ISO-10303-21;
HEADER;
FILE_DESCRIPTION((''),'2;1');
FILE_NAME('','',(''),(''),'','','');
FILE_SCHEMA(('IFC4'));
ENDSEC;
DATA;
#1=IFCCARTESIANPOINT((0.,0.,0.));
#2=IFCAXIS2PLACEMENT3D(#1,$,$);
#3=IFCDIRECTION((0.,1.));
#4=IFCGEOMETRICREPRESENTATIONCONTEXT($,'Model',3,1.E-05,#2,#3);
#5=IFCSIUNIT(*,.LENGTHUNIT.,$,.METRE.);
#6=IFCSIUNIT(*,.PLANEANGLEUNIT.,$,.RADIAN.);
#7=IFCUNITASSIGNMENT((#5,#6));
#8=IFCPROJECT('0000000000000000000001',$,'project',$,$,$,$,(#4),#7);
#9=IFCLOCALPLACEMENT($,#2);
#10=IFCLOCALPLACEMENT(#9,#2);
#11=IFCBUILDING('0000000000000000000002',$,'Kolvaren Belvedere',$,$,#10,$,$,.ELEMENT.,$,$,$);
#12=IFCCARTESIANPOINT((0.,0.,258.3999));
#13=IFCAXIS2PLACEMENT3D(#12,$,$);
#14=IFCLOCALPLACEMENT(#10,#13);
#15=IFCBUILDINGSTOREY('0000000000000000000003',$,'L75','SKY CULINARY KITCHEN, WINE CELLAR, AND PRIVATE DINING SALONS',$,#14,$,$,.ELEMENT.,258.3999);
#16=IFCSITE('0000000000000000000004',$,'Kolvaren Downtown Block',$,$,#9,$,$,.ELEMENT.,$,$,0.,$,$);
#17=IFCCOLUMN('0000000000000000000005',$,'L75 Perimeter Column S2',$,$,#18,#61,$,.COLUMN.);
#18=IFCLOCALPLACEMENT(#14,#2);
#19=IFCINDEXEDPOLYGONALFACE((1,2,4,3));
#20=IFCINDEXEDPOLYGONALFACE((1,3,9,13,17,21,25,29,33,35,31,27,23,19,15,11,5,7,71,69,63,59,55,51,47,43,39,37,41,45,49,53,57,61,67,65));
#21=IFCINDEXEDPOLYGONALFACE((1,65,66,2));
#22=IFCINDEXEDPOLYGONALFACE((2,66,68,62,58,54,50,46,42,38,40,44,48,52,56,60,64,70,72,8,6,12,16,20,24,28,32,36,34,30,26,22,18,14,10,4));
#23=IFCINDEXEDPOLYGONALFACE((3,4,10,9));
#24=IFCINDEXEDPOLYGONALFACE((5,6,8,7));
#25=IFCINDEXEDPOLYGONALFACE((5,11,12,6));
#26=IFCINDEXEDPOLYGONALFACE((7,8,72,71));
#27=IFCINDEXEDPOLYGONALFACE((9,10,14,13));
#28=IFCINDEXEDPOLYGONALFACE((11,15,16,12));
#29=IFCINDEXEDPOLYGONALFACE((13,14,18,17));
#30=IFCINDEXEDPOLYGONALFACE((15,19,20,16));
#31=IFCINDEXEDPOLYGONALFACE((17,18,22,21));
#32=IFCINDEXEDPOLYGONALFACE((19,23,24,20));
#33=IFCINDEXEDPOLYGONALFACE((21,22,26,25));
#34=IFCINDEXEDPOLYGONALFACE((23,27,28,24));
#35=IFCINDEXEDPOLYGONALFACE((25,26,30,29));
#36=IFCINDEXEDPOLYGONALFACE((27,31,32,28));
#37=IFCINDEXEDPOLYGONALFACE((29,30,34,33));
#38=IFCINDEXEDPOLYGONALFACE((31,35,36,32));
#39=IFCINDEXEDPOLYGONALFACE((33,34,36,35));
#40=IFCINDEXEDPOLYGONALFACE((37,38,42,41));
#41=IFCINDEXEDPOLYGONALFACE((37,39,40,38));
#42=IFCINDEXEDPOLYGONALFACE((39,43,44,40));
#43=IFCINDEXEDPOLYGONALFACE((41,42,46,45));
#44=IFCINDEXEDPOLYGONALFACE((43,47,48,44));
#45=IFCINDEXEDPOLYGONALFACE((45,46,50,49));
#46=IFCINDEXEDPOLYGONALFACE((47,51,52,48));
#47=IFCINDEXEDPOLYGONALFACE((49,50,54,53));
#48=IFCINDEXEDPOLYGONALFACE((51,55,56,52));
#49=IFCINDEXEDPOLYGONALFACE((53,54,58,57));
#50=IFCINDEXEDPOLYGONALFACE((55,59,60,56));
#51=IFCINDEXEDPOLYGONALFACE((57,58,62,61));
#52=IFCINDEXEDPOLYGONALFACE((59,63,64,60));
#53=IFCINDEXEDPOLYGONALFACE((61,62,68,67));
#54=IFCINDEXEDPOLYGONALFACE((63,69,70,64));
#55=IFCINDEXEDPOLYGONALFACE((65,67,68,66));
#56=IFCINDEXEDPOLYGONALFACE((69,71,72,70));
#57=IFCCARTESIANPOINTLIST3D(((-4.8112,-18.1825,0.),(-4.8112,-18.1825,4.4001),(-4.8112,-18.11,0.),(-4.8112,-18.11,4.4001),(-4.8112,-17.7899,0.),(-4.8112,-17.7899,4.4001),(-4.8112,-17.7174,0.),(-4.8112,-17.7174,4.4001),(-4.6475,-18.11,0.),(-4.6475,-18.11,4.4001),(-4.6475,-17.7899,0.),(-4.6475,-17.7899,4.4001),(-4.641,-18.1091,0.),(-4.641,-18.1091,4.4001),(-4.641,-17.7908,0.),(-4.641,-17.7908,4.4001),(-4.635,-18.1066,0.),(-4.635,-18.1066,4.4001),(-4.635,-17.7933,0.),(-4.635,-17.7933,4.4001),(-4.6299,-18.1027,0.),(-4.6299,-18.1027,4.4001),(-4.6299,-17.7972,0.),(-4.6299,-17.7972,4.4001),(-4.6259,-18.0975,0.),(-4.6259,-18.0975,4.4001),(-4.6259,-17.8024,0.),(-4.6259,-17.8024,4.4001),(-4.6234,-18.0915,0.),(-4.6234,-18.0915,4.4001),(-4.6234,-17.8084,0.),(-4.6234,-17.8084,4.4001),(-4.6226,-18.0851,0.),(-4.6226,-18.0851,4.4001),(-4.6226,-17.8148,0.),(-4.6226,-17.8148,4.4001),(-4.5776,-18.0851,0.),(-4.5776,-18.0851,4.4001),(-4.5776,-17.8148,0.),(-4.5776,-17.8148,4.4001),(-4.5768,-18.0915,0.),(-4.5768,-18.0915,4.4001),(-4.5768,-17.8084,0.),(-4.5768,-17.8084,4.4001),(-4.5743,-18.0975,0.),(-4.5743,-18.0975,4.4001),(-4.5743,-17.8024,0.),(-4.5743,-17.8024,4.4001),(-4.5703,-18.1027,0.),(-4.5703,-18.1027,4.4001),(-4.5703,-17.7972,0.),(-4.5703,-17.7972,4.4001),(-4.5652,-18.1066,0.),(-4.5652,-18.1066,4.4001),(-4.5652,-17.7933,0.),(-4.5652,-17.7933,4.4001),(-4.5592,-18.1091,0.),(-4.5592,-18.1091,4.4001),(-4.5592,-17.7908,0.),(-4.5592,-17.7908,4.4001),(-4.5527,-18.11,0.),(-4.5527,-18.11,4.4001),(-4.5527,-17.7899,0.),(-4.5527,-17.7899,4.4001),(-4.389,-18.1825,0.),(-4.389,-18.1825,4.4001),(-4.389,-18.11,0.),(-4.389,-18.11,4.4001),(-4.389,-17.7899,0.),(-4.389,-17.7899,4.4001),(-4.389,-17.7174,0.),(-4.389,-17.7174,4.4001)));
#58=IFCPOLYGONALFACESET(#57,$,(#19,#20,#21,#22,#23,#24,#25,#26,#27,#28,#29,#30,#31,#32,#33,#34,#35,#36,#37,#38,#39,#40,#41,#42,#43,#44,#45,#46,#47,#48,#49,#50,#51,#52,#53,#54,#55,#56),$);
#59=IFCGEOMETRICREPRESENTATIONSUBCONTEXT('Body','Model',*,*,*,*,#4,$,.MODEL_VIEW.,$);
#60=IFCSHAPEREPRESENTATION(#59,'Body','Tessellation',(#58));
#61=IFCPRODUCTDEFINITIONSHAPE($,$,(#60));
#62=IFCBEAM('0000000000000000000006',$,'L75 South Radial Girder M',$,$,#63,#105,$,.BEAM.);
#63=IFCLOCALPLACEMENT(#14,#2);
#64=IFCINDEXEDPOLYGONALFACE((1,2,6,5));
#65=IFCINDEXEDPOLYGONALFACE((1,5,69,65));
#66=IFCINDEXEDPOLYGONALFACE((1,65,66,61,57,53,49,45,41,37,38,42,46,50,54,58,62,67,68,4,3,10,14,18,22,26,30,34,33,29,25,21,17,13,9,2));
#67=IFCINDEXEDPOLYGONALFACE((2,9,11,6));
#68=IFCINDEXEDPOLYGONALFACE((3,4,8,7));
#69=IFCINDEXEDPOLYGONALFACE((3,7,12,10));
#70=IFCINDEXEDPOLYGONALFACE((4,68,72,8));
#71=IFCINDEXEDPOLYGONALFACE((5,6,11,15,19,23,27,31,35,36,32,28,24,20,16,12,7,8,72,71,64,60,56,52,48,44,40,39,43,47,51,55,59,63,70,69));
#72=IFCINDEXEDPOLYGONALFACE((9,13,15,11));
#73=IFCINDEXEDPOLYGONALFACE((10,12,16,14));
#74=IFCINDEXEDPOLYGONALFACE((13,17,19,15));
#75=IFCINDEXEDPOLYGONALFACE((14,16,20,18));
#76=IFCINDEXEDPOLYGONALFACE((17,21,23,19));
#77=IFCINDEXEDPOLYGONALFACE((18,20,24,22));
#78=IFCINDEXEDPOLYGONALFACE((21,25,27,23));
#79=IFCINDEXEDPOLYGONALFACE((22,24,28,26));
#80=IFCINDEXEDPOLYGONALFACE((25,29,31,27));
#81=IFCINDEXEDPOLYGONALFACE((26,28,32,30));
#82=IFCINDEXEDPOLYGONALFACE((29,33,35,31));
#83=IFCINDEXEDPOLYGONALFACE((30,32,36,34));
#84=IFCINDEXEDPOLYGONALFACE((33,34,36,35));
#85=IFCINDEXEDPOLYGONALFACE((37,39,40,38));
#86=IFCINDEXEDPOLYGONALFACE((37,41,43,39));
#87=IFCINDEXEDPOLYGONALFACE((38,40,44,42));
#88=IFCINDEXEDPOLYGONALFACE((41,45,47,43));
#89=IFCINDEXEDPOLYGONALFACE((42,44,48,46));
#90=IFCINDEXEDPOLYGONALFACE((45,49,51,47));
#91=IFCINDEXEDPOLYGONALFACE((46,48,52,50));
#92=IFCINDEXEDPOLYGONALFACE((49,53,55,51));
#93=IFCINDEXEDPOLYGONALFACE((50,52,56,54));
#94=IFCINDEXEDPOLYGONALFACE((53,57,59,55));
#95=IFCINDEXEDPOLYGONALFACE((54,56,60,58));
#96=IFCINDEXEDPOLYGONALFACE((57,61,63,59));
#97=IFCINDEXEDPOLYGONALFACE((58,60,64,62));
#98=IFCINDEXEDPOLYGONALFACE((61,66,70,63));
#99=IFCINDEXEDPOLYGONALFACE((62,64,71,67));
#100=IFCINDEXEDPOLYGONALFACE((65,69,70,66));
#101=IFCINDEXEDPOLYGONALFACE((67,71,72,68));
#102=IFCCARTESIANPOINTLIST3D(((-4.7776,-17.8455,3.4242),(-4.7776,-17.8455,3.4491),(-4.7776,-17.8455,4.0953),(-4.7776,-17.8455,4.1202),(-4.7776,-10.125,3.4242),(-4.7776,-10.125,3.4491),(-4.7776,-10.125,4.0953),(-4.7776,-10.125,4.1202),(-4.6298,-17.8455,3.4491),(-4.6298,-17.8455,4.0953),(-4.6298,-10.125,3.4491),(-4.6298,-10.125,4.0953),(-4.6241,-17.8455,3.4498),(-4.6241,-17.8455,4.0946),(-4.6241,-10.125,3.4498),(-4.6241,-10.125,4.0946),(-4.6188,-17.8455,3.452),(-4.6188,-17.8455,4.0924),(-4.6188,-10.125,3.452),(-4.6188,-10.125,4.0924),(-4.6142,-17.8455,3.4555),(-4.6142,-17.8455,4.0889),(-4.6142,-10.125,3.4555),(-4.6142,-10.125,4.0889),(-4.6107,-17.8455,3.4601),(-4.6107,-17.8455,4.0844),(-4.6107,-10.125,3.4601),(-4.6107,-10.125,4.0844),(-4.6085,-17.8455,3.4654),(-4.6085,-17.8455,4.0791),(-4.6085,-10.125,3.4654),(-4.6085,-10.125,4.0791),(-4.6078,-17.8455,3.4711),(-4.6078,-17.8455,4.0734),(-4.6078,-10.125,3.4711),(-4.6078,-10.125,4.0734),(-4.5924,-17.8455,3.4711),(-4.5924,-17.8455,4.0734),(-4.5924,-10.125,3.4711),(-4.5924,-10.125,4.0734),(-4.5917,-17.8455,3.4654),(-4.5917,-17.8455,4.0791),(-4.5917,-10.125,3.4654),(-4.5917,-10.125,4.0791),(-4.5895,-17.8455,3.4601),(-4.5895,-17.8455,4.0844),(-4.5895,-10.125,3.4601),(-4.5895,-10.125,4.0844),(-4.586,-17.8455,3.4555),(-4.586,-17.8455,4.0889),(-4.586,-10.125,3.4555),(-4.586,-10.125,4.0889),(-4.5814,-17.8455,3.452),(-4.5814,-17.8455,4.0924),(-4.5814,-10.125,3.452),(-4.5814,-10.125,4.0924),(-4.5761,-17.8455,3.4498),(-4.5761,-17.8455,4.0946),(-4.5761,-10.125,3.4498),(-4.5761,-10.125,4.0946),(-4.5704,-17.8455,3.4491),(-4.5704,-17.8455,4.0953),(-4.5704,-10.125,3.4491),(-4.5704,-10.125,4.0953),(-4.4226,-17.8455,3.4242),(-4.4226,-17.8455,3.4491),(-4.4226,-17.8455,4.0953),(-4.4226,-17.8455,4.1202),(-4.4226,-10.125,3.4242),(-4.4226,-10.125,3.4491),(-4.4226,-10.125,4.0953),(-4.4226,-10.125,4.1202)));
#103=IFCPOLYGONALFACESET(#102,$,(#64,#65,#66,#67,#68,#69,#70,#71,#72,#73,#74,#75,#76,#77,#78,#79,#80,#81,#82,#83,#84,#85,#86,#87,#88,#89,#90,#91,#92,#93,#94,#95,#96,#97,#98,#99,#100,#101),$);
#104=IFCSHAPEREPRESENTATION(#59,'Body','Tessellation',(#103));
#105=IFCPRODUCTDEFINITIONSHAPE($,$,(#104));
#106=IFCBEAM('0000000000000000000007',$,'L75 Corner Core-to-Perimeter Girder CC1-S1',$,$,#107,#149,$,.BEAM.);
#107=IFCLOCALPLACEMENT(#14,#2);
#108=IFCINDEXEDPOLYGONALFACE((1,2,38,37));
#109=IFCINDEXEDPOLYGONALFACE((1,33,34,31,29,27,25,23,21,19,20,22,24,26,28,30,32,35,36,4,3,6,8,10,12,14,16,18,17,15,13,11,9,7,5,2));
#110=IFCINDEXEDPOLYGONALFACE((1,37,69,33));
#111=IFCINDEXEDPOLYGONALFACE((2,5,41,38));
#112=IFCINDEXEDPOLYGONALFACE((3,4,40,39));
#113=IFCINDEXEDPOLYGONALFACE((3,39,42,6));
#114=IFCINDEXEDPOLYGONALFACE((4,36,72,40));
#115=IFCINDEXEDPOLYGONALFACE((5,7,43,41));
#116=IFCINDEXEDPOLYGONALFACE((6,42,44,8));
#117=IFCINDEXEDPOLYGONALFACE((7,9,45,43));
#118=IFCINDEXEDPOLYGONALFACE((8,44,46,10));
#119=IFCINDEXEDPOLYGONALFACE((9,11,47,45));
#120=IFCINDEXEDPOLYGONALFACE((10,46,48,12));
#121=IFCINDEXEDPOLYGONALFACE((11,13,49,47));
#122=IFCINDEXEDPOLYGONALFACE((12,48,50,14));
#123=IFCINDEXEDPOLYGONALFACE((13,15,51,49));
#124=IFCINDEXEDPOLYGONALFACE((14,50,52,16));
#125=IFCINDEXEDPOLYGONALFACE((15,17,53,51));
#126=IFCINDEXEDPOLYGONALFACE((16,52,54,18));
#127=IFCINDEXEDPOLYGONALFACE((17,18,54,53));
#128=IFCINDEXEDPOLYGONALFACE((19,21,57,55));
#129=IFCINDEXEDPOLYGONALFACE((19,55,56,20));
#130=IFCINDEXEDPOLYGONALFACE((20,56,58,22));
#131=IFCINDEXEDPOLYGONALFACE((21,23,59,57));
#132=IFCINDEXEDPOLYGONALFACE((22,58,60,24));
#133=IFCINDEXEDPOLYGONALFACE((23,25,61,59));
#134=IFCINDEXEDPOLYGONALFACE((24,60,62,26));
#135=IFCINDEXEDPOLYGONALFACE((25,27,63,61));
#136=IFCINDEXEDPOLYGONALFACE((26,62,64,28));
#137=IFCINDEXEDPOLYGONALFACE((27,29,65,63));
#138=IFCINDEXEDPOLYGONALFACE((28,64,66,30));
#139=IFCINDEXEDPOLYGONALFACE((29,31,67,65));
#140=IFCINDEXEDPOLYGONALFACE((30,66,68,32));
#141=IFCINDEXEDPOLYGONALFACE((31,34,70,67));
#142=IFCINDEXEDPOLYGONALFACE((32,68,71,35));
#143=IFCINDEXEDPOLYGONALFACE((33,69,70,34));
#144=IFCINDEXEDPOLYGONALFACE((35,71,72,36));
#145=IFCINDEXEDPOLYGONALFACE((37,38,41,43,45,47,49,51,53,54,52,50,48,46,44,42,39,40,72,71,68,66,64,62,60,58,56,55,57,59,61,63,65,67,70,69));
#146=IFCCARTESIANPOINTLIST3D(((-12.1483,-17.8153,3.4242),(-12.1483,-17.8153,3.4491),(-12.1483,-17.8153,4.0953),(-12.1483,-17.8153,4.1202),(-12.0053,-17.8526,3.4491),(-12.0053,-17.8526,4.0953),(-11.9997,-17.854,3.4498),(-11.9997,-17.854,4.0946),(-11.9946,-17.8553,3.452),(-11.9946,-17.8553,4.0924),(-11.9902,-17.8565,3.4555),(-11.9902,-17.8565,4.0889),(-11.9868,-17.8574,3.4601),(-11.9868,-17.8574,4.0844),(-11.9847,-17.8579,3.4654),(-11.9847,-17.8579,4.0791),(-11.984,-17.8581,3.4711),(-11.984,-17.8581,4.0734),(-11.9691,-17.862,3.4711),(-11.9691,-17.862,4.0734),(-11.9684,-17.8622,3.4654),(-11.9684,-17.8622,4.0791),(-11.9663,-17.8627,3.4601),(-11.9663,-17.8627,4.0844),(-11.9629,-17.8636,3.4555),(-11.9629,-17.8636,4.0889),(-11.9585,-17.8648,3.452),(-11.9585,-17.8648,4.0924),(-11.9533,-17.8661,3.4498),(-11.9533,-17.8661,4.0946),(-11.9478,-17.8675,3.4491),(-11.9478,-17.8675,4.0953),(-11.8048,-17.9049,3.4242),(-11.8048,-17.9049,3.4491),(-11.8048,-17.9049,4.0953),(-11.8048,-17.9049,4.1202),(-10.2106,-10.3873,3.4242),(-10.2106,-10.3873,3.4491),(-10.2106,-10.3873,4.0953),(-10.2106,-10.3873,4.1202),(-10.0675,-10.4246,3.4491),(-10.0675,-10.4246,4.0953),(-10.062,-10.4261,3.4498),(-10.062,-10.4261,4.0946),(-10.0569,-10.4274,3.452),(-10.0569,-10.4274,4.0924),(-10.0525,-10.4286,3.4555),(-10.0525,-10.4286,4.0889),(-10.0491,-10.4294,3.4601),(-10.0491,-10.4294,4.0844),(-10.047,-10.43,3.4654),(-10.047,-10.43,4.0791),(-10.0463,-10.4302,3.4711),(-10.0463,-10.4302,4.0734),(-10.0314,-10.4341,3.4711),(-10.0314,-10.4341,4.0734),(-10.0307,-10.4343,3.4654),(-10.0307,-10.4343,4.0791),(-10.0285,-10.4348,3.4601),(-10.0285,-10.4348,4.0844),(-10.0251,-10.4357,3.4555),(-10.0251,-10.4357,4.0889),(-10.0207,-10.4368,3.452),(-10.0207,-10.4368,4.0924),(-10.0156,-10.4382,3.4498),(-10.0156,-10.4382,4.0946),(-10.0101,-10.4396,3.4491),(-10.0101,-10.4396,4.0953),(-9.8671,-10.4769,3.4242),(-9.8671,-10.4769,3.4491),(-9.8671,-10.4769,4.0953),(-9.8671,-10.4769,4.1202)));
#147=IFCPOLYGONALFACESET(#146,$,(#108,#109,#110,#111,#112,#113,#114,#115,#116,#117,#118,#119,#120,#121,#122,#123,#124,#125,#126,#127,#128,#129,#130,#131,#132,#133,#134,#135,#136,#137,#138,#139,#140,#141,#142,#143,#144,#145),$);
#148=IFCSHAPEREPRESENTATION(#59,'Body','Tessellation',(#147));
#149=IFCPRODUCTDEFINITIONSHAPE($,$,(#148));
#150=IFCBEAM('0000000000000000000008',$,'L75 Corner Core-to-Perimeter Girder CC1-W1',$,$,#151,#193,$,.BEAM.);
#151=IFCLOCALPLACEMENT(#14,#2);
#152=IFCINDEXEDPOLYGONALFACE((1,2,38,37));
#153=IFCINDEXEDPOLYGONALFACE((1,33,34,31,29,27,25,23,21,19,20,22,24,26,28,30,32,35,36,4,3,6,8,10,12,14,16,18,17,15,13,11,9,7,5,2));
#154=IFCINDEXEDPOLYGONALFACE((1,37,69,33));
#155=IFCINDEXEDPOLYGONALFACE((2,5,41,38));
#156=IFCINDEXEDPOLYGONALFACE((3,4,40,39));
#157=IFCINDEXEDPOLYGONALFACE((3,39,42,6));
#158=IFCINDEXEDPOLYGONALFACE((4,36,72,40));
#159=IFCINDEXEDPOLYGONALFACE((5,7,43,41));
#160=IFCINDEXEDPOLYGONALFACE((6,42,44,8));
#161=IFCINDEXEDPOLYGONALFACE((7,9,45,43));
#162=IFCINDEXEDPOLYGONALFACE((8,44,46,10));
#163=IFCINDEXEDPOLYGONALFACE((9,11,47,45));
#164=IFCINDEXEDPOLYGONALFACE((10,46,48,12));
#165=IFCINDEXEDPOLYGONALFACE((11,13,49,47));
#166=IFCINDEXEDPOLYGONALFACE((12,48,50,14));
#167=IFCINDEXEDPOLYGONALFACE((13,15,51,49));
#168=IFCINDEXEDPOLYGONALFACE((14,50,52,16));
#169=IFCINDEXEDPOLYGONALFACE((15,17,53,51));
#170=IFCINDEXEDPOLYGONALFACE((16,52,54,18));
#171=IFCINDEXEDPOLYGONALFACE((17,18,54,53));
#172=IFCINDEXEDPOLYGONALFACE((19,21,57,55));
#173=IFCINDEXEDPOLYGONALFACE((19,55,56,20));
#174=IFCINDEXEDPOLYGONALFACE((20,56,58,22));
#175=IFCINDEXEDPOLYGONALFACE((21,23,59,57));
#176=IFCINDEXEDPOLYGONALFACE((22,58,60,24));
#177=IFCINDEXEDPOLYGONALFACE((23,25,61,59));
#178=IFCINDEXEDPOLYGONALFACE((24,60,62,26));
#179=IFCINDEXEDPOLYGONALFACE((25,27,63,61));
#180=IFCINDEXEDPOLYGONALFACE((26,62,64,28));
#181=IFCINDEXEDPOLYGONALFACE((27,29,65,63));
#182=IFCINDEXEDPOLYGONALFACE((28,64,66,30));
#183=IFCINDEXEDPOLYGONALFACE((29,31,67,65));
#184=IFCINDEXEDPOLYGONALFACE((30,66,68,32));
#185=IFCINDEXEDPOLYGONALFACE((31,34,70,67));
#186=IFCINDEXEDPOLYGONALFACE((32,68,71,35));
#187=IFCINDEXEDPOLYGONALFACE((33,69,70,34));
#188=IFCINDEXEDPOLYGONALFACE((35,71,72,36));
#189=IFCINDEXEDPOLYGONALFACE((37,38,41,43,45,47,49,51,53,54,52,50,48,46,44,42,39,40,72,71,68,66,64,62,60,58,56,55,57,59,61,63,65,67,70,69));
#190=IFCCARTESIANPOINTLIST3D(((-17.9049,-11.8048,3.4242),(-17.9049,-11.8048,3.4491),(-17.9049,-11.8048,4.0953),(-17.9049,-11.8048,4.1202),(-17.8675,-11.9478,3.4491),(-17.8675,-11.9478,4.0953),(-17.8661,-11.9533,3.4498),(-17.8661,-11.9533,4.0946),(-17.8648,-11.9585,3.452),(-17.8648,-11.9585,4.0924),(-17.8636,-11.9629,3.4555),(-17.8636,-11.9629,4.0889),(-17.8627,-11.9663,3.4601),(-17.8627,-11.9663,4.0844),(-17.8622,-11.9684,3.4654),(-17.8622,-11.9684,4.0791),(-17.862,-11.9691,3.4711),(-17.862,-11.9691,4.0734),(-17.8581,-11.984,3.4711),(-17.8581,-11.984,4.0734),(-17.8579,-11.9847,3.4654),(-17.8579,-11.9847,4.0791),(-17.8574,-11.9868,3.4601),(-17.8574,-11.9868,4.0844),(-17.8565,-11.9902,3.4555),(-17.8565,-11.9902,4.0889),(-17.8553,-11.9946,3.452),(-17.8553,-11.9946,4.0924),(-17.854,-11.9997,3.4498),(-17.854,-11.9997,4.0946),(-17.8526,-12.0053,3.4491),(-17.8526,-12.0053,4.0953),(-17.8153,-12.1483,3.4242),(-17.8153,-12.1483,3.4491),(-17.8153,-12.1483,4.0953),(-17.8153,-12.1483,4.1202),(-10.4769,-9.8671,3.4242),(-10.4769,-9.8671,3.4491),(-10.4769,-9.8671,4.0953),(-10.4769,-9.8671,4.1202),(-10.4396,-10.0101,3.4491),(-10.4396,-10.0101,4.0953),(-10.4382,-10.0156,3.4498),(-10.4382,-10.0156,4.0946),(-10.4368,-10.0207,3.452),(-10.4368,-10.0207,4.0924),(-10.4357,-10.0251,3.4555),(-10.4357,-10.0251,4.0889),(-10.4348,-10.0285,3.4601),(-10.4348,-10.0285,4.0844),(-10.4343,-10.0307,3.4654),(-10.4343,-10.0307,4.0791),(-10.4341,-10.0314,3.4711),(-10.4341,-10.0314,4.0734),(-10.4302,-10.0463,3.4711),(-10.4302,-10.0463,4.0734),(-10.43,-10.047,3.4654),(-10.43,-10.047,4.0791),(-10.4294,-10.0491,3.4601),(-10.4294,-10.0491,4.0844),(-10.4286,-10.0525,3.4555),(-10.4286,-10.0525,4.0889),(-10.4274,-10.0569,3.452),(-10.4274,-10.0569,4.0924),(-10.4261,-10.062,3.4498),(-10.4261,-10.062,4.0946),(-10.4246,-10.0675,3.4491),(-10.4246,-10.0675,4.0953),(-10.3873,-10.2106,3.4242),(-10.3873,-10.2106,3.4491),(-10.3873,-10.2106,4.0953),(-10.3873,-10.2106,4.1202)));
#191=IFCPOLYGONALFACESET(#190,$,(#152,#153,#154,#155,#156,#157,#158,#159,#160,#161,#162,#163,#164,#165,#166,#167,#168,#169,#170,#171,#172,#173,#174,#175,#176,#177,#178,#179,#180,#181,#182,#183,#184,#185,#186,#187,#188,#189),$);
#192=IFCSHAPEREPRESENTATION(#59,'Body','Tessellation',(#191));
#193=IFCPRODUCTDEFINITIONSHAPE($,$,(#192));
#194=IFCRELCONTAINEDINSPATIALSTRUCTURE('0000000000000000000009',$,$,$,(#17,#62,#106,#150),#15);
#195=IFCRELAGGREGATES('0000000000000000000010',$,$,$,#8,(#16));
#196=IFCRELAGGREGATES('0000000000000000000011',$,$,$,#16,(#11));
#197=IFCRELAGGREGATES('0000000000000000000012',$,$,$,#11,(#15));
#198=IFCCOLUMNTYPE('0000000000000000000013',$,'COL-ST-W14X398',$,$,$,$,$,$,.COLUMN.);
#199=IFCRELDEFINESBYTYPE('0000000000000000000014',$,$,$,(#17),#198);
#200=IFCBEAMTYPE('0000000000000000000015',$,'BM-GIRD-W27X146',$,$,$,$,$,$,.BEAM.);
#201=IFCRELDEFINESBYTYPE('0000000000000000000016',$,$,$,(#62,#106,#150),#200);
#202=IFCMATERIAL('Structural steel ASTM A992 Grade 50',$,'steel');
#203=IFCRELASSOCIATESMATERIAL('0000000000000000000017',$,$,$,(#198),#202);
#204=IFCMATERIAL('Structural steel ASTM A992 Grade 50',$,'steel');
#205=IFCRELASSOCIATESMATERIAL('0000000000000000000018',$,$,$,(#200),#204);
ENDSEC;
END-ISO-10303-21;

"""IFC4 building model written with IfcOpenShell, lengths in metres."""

from ifc_helpers import new_model, si_unit, direction, frame, origin, origin_2d, place, context, subcontext, project, spatial, i_section, extrude, material, material_profile, profile_set, type_object, element, save


model = new_model("IFC4")

# Units and contexts
model_context = context("Model", 3, precision=1e-05, world=origin(), true_north=direction((0.0, 1.0)))
body_context = subcontext(model_context, "Body", "Model", "MODEL_VIEW")
ifc_project = project(units=[si_unit("LENGTHUNIT", "METRE"), si_unit("PLANEANGLEUNIT", "RADIAN")], contexts=[model_context])

# Site, building, storey
site_placement = place(None, origin())
site = spatial("IfcSite", under=ifc_project, at=site_placement, Name="Kolvaren Downtown Block", CompositionType="ELEMENT", RefElevation=0.0)
building_placement = place(site_placement, origin())
building = spatial("IfcBuilding", under=site, at=building_placement, Name="Kolvaren Belvedere", CompositionType="ELEMENT")
storey_placement = place(building_placement, frame((0.0, 0.0, 258.3999)))
storey = spatial("IfcBuildingStorey", under=building, at=storey_placement, Name="L75", Description="SKY CULINARY KITCHEN, WINE CELLAR, AND PRIVATE DINING SALONS", CompositionType="ELEMENT", Elevation=258.3999)

# Column
ifc_material_1 = material(Name="Structural steel ASTM A992 Grade 50", Category="steel")
ifc_material_profile_1 = material_profile(ifc_material_1, i_section(OverallWidth=0.4221, OverallDepth=0.4651, WebThickness=0.0449, FlangeThickness=0.0725, FilletRadius=0.0249, at=origin_2d()), Name="W14X398")
ifc_profile_set_1 = profile_set([ifc_material_profile_1], Name="Structural steel ASTM A992 Grade 50")
column_type = type_object("IfcColumnType", Name="COL-ST-W14X398", PredefinedType="COLUMN", material=ifc_profile_set_1)
column_placement = place(storey_placement, frame((-4.6001, -17.95, 0.0), z_axis=(0.0, 0.0, 1.0), x_axis=(1.0, 0.0, 0.0)))
element("IfcColumn", 1, at=column_placement, inside=storey, type_object=column_type, Name="L75 Perimeter Column S2", PredefinedType="COLUMN", context=body_context, shape_type="SweptSolid", body=[
    extrude(i_section(OverallWidth=0.4221, OverallDepth=0.4651, WebThickness=0.0449, FlangeThickness=0.0725, FilletRadius=0.0249, at=origin_2d()), origin(), (0.0, 0.0, 1.0), 4.4001),
])

# Beams
ifc_material_2 = material(Name="Structural steel ASTM A992 Grade 50", Category="steel")
ifc_material_profile_2 = material_profile(ifc_material_2, i_section(OverallWidth=0.355, OverallDepth=0.696, WebThickness=0.0154, FlangeThickness=0.0249, FilletRadius=0.022, at=origin_2d()), Name="W27X146")
ifc_profile_set_2 = profile_set([ifc_material_profile_2], Name="Structural steel ASTM A992 Grade 50")
beam_type_1 = type_object("IfcBeamType", Name="BM-GIRD-W27X146", PredefinedType="BEAM", material=ifc_profile_set_2)
beam_1_placement = place(storey_placement, frame((-4.6001, -10.125, 3.7722), z_axis=(0.0, -1.0, 0.0), x_axis=(1.0, 0.0, 0.0)))
element("IfcBeam", 2, at=beam_1_placement, inside=storey, type_object=beam_type_1, Name="L75 South Radial Girder M", PredefinedType="BEAM", context=body_context, shape_type="SweptSolid", body=[
    extrude(i_section(OverallWidth=0.355, OverallDepth=0.696, WebThickness=0.0154, FlangeThickness=0.0249, FilletRadius=0.022, at=origin_2d()), origin(), (0.0, 0.0, 1.0), 7.7205),
])
for number, where, z_axis, x_axis, name in (
    (3, (-10.0388, -10.4321, 3.7722), (-0.252423, -0.967617, 0.0), (0.967617, -0.252423, 0.0), "L75 Corner Core-to-Perimeter Girder CC1-S1"),
    (4, (-10.4321, -10.0388, 3.7722), (-0.967617, -0.252423, 0.0), (0.252423, -0.967617, 0.0), "L75 Corner Core-to-Perimeter Girder CC1-W1"),
):
    element("IfcBeam", number, at=place(storey_placement, frame(where, z_axis=z_axis, x_axis=x_axis)), inside=storey, type_object=beam_type_1, Name=name, PredefinedType="BEAM", context=body_context, shape_type="SweptSolid", body=[
        extrude(i_section(OverallWidth=0.355, OverallDepth=0.696, WebThickness=0.0154, FlangeThickness=0.0249, FilletRadius=0.022, at=origin_2d()), origin(), (0.0, 0.0, 1.0), 7.6765),
    ])

save(model, "model.ifc")
